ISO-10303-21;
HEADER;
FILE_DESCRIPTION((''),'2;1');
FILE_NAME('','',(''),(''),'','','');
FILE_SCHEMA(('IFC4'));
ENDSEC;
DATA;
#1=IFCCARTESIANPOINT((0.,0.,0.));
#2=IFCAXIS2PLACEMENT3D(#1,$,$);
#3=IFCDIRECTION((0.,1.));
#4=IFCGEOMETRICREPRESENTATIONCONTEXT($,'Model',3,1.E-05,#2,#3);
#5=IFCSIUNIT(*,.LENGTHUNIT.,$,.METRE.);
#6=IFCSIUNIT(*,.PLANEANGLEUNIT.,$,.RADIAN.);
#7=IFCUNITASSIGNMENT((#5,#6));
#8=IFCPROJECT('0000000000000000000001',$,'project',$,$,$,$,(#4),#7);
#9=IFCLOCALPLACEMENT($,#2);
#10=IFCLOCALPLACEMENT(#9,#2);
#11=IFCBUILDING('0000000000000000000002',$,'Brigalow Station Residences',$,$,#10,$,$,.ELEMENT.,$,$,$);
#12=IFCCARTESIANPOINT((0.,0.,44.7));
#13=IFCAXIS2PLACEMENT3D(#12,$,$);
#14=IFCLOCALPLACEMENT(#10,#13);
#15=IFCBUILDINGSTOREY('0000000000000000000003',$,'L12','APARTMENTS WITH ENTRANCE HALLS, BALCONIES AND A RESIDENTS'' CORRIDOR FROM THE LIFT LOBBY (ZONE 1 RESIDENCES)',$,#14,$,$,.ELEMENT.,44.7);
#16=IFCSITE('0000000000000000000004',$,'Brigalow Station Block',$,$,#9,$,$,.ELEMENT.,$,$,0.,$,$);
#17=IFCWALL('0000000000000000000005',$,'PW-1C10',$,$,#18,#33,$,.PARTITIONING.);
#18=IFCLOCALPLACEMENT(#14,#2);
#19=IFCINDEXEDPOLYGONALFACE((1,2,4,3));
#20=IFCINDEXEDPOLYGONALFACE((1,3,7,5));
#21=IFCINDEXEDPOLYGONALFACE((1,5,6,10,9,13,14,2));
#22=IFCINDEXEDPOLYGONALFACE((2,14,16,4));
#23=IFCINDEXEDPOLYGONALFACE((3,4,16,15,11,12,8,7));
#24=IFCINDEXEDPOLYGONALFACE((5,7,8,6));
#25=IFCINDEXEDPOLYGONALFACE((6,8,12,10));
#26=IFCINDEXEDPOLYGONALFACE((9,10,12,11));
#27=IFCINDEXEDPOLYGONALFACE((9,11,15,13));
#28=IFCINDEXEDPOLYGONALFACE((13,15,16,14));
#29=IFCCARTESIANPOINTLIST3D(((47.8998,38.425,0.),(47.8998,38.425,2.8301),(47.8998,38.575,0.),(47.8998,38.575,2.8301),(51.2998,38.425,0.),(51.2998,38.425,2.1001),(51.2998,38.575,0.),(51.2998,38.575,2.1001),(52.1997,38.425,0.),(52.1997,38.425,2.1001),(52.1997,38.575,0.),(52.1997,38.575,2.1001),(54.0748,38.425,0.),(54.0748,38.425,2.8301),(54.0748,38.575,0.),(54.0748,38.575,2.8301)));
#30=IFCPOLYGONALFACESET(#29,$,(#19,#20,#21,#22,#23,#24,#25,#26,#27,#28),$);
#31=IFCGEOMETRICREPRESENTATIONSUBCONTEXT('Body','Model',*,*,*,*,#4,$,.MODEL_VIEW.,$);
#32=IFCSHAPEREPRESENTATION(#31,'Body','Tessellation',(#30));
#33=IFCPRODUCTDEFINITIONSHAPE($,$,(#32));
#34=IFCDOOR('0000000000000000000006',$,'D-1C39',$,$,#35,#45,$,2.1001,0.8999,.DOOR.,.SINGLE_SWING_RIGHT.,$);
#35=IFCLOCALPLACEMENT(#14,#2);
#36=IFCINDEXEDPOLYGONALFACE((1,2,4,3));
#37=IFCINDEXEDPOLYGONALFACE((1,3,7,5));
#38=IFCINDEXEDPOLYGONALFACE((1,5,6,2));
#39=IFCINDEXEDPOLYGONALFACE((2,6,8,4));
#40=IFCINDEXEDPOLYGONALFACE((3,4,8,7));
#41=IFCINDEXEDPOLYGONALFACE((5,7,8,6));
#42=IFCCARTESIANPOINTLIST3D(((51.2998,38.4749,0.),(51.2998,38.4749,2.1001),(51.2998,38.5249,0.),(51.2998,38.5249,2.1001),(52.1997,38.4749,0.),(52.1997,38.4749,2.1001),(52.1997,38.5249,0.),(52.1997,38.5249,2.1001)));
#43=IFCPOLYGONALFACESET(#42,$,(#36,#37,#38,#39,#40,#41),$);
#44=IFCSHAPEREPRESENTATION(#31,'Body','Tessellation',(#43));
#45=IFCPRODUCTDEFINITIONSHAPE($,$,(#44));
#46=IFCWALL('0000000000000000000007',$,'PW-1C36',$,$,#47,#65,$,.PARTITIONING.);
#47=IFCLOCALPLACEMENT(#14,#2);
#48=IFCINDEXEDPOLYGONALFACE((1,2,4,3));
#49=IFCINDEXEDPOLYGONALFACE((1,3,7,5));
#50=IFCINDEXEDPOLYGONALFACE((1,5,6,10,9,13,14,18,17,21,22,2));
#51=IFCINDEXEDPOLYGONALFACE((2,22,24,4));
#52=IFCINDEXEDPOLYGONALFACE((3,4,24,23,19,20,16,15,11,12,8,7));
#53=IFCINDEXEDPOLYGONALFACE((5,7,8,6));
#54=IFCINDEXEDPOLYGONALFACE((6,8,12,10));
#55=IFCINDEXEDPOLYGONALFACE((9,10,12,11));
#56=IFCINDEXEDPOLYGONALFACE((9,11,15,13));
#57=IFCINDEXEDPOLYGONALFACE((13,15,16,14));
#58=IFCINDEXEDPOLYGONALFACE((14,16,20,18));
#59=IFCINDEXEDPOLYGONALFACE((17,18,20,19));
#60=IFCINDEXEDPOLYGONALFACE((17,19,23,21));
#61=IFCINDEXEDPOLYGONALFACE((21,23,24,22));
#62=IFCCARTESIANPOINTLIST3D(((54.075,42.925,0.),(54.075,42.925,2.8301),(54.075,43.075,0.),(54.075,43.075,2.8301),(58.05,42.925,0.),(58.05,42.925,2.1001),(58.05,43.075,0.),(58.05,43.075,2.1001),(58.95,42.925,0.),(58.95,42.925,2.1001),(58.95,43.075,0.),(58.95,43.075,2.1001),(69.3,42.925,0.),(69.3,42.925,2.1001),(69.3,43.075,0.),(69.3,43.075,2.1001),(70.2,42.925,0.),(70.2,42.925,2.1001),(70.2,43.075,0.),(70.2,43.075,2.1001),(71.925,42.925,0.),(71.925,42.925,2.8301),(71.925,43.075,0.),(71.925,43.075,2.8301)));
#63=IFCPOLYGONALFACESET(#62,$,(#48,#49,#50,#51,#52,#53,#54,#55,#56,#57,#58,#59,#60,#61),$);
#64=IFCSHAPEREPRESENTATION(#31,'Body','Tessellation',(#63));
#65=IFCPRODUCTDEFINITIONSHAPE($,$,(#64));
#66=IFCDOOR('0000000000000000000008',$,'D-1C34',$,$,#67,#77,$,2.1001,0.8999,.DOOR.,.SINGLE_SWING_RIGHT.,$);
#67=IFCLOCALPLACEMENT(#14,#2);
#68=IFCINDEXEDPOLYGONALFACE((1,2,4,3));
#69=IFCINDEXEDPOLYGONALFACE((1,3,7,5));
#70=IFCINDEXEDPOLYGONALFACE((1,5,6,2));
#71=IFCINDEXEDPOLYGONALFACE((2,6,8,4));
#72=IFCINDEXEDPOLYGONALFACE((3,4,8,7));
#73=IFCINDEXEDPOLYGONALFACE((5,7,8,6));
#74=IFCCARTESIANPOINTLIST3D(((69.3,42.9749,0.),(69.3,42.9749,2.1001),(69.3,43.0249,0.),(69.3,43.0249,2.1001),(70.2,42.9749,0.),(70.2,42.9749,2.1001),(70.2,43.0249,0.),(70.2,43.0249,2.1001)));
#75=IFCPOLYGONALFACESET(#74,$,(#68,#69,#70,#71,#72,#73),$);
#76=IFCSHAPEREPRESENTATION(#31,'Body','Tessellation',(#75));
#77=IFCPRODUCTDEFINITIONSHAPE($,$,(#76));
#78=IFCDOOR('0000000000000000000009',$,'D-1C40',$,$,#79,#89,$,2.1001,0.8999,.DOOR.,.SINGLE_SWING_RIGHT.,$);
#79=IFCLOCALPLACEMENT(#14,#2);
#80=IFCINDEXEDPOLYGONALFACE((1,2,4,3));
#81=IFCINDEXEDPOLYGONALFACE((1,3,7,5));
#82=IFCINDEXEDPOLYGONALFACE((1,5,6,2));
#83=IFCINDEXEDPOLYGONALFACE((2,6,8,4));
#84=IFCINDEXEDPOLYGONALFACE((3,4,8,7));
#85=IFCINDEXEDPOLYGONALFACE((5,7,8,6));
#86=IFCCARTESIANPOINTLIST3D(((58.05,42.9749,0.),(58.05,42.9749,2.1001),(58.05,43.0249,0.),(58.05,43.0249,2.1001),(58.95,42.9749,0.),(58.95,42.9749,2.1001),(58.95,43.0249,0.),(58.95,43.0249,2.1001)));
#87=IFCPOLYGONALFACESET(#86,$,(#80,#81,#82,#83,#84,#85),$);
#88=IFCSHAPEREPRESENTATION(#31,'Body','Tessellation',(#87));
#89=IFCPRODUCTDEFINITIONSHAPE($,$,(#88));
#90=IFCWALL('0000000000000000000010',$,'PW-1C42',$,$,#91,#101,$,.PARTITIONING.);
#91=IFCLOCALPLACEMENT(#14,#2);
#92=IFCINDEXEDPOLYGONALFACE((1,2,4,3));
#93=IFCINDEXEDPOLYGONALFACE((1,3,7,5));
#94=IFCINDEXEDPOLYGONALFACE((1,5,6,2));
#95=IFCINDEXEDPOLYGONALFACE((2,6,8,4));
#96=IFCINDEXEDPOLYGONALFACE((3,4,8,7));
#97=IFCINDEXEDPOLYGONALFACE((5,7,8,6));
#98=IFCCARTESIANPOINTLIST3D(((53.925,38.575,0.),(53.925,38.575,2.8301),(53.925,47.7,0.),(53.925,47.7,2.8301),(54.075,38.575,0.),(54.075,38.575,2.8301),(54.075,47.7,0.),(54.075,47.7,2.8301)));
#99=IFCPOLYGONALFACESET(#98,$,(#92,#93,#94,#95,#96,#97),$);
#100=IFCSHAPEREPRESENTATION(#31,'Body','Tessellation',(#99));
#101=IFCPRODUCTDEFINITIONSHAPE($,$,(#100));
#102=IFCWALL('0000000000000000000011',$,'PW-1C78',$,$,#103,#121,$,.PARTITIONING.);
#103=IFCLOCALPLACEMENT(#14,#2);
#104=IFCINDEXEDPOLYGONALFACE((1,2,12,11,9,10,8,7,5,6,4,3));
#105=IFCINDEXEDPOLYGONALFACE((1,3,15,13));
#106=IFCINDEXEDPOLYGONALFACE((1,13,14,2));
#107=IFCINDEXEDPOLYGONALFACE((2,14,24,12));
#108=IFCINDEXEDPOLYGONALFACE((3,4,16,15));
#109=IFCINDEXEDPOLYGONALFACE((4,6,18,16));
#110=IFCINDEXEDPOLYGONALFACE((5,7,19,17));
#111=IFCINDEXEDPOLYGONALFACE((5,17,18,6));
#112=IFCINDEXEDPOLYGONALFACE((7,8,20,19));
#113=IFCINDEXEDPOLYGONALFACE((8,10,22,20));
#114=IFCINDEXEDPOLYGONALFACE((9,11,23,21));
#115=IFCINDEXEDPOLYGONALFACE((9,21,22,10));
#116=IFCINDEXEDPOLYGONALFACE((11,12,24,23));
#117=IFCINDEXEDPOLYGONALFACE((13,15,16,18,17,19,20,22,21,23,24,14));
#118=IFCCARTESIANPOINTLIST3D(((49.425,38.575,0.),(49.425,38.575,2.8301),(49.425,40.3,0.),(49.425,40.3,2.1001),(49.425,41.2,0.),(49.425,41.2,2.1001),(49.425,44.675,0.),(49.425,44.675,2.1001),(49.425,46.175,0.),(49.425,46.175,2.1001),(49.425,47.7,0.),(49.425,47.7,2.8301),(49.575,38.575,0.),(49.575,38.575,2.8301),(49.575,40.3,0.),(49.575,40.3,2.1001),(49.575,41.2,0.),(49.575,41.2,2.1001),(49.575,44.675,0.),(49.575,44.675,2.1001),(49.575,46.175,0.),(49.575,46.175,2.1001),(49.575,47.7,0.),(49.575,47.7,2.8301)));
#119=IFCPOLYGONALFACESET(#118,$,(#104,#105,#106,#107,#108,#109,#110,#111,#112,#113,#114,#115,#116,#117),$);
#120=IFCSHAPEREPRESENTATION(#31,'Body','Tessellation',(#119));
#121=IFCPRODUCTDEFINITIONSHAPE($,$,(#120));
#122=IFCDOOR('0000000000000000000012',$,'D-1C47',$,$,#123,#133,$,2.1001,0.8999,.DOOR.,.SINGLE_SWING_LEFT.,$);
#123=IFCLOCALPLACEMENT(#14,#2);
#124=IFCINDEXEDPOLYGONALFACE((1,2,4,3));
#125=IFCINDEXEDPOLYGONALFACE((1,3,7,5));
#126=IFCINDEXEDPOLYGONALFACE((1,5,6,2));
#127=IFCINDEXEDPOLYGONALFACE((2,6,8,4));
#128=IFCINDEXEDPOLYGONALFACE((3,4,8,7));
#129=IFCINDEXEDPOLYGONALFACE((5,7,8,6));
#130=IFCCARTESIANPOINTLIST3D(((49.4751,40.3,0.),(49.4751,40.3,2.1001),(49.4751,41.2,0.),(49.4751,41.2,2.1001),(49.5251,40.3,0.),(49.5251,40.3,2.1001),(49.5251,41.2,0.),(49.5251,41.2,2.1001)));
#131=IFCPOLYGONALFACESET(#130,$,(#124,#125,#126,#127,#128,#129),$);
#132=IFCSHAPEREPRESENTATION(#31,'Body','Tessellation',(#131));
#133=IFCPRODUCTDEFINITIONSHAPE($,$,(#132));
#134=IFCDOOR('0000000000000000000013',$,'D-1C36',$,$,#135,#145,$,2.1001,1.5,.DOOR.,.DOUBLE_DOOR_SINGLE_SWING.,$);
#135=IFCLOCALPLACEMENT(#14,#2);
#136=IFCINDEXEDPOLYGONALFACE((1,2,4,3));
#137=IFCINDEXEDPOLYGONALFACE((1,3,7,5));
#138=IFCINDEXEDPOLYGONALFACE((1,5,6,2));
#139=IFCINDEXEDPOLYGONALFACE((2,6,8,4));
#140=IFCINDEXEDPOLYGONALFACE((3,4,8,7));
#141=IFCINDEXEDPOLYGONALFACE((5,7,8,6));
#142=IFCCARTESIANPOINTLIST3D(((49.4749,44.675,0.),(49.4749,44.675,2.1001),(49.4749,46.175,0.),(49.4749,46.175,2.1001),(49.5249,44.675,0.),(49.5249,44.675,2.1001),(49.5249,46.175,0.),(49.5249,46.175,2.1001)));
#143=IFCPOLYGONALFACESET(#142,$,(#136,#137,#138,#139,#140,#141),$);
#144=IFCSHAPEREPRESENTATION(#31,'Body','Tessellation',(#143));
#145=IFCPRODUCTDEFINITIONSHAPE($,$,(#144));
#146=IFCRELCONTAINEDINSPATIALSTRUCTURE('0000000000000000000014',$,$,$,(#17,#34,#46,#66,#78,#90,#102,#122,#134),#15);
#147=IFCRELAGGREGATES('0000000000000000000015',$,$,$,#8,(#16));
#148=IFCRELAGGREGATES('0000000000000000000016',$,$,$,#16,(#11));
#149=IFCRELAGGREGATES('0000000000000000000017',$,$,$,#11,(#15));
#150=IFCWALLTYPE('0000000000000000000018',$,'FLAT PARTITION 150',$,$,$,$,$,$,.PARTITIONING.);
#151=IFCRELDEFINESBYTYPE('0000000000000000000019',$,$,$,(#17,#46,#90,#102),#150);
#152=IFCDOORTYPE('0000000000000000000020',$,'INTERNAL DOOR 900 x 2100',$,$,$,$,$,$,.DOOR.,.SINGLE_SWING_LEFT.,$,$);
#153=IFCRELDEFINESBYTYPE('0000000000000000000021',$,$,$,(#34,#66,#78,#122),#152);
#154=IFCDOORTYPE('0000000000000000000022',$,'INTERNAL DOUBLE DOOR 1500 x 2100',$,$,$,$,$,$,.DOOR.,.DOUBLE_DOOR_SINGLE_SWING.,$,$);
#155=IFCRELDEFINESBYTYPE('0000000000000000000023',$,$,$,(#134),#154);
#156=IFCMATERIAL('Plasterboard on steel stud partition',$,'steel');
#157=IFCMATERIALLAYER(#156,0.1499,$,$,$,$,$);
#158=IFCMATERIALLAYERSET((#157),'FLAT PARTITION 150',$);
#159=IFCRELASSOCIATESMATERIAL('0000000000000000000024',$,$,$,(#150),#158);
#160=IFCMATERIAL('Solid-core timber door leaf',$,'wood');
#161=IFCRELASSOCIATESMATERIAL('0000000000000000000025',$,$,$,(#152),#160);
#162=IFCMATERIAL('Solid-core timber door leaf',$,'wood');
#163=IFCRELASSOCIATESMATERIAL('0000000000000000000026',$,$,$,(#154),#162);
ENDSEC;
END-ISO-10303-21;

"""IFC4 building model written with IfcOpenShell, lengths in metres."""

from ifc_helpers import new_model, si_unit, direction, frame, frame_2d, origin, place, context, subcontext, project, spatial, rectangle, extrude, material, layer, layer_set, type_object, element, fill, save


model = new_model("IFC4")

# Units and contexts
model_context = context("Model", 3, precision=1e-05, world=origin(), true_north=direction((0.0, 1.0)))
body_context = subcontext(model_context, "Body", "Model", "MODEL_VIEW")
ifc_project = project(units=[si_unit("LENGTHUNIT", "METRE"), si_unit("PLANEANGLEUNIT", "RADIAN")], contexts=[model_context])

# Site, building, storey
site_placement = place(None, origin())
site = spatial("IfcSite", under=ifc_project, at=site_placement, Name="Brigalow Station Block", CompositionType="ELEMENT", RefElevation=0.0)
building_placement = place(site_placement, origin())
building = spatial("IfcBuilding", under=site, at=building_placement, Name="Brigalow Station Residences", CompositionType="ELEMENT")
storey_placement = place(building_placement, frame((0.0, 0.0, 44.7)))
storey = spatial("IfcBuildingStorey", under=building, at=storey_placement, Name="L12", Description="APARTMENTS WITH ENTRANCE HALLS, BALCONIES AND A RESIDENTS' CORRIDOR FROM THE LIFT LOBBY (ZONE 1 RESIDENCES)", CompositionType="ELEMENT", Elevation=44.7)

# Wall, opening, door
ifc_material_1 = material(Name="Plasterboard on steel stud partition", Category="steel")
ifc_layer_1 = layer(ifc_material_1, 0.1499)
ifc_layer_set_1 = layer_set([ifc_layer_1], Name="FLAT PARTITION 150")
wall_type_1 = type_object("IfcWallType", Name="FLAT PARTITION 150", PredefinedType="PARTITIONING", material=ifc_layer_set_1)
wall_1_placement = place(storey_placement, frame((47.8999, 38.5, 0.0), z_axis=(0.0, 0.0, 1.0), x_axis=(1.0, 0.0, 0.0)))
wall_1 = element("IfcWall", 1, at=wall_1_placement, inside=storey, type_object=wall_type_1, Name="PW-1C10", PredefinedType="PARTITIONING", context=body_context, shape_type="SweptSolid", body=[
    extrude(rectangle(XDim=6.175, YDim=0.1499, at=frame_2d((3.0874, 0.0))), origin(), (0.0, 0.0, 1.0), 2.8301),
])
opening_1_placement = place(wall_1_placement, frame((3.3999, 0.0, 0.0)))
opening_1 = element("IfcOpeningElement", 2, at=opening_1_placement, cuts=wall_1, PredefinedType="OPENING", context=body_context, shape_type="SweptSolid", body=[
    extrude(rectangle(XDim=0.8999, YDim=2.1001, at=frame_2d((0.45, 1.05))), frame((0.0, 0.085, 0.0), z_axis=(0.0, -1.0, 0.0), x_axis=(1.0, 0.0, 0.0)), (0.0, 0.0, 1.0), 0.1699),
])
ifc_material_2 = material(Name="Solid-core timber door leaf", Category="wood")
door_type_1 = type_object("IfcDoorType", Name="INTERNAL DOOR 900 x 2100", OperationType="SINGLE_SWING_LEFT", PredefinedType="DOOR", material=ifc_material_2)
door_1_placement = place(opening_1_placement, origin())
door_1 = element("IfcDoor", 3, at=door_1_placement, inside=storey, type_object=door_type_1, Name="D-1C39", OperationType="SINGLE_SWING_RIGHT", OverallHeight=2.1001, OverallWidth=0.8999, PredefinedType="DOOR", context=body_context, shape_type="SweptSolid", body=[
    extrude(rectangle(XDim=0.8999, YDim=2.1001, at=frame_2d((0.45, 1.05))), frame((0.0, 0.0249, 0.0), z_axis=(0.0, -1.0, 0.0), x_axis=(1.0, 0.0, 0.0)), (0.0, 0.0, 1.0), 0.05),
])
fill(opening_1, door_1)

# Wall, openings, doors
wall_2_placement = place(storey_placement, frame((54.075, 43.0, 0.0), z_axis=(0.0, 0.0, 1.0), x_axis=(1.0, 0.0, 0.0)))
wall_2 = element("IfcWall", 4, at=wall_2_placement, inside=storey, type_object=wall_type_1, Name="PW-1C36", PredefinedType="PARTITIONING", context=body_context, shape_type="SweptSolid", body=[
    extrude(rectangle(XDim=17.8501, YDim=0.1499, at=frame_2d((8.925, 0.0))), origin(), (0.0, 0.0, 1.0), 2.8301),
])
opening_2_placement = place(wall_2_placement, frame((15.2251, 0.0, 0.0)))
opening_2 = element("IfcOpeningElement", 5, at=opening_2_placement, cuts=wall_2, PredefinedType="OPENING", context=body_context, shape_type="SweptSolid", body=[
    extrude(rectangle(XDim=0.8999, YDim=2.1001, at=frame_2d((0.45, 1.05))), frame((0.0, 0.085, 0.0), z_axis=(0.0, -1.0, 0.0), x_axis=(1.0, 0.0, 0.0)), (0.0, 0.0, 1.0), 0.1699),
])
opening_3_placement = place(wall_2_placement, frame((3.9751, 0.0, 0.0)))
opening_3 = element("IfcOpeningElement", 6, at=opening_3_placement, cuts=wall_2, PredefinedType="OPENING", context=body_context, shape_type="SweptSolid", body=[
    extrude(rectangle(XDim=0.8999, YDim=2.1001, at=frame_2d((0.45, 1.05))), frame((0.0, 0.085, 0.0), z_axis=(0.0, -1.0, 0.0), x_axis=(1.0, 0.0, 0.0)), (0.0, 0.0, 1.0), 0.1699),
])
door_2_placement = place(opening_2_placement, origin())
door_2 = element("IfcDoor", 7, at=door_2_placement, inside=storey, type_object=door_type_1, Name="D-1C34", OperationType="SINGLE_SWING_RIGHT", OverallHeight=2.1001, OverallWidth=0.8999, PredefinedType="DOOR", context=body_context, shape_type="SweptSolid", body=[
    extrude(rectangle(XDim=0.8999, YDim=2.1001, at=frame_2d((0.45, 1.05))), frame((0.0, 0.0249, 0.0), z_axis=(0.0, -1.0, 0.0), x_axis=(1.0, 0.0, 0.0)), (0.0, 0.0, 1.0), 0.05),
])
fill(opening_2, door_2)
door_3_placement = place(opening_3_placement, origin())
door_3 = element("IfcDoor", 8, at=door_3_placement, inside=storey, type_object=door_type_1, Name="D-1C40", OperationType="SINGLE_SWING_RIGHT", OverallHeight=2.1001, OverallWidth=0.8999, PredefinedType="DOOR", context=body_context, shape_type="SweptSolid", body=[
    extrude(rectangle(XDim=0.8999, YDim=2.1001, at=frame_2d((0.45, 1.05))), frame((0.0, 0.0249, 0.0), z_axis=(0.0, -1.0, 0.0), x_axis=(1.0, 0.0, 0.0)), (0.0, 0.0, 1.0), 0.05),
])
fill(opening_3, door_3)

# Wall
wall_3_placement = place(storey_placement, frame((54.0, 38.575, 0.0), z_axis=(0.0, 0.0, 1.0), x_axis=(0.0, 1.0, 0.0)))
element("IfcWall", 9, at=wall_3_placement, inside=storey, type_object=wall_type_1, Name="PW-1C42", PredefinedType="PARTITIONING", context=body_context, shape_type="SweptSolid", body=[
    extrude(rectangle(XDim=9.125, YDim=0.1499, at=frame_2d((4.5625, 0.0))), origin(), (0.0, 0.0, 1.0), 2.8301),
])

# Wall, openings, doors
wall_4_placement = place(storey_placement, frame((49.5, 38.575, 0.0), z_axis=(0.0, 0.0, 1.0), x_axis=(0.0, 1.0, 0.0)))
wall_4 = element("IfcWall", 10, at=wall_4_placement, inside=storey, type_object=wall_type_1, Name="PW-1C78", PredefinedType="PARTITIONING", context=body_context, shape_type="SweptSolid", body=[
    extrude(rectangle(XDim=9.125, YDim=0.1499, at=frame_2d((4.5625, 0.0))), origin(), (0.0, 0.0, 1.0), 2.8301),
])
opening_4_placement = place(wall_4_placement, frame((6.1001, 0.0, 0.0)))
opening_4 = element("IfcOpeningElement", 11, at=opening_4_placement, cuts=wall_4, PredefinedType="OPENING", context=body_context, shape_type="SweptSolid", body=[
    extrude(rectangle(XDim=1.5, YDim=2.1001, at=frame_2d((0.75, 1.05))), frame((0.0, 0.085, 0.0), z_axis=(0.0, -1.0, 0.0), x_axis=(1.0, 0.0, 0.0)), (0.0, 0.0, 1.0), 0.1699),
])
opening_5_placement = place(wall_4_placement, frame((1.7251, 0.0, 0.0)))
opening_5 = element("IfcOpeningElement", 12, at=opening_5_placement, cuts=wall_4, PredefinedType="OPENING", context=body_context, shape_type="SweptSolid", body=[
    extrude(rectangle(XDim=0.8999, YDim=2.1001, at=frame_2d((0.45, 1.05))), frame((0.0, 0.085, 0.0), z_axis=(0.0, -1.0, 0.0), x_axis=(1.0, 0.0, 0.0)), (0.0, 0.0, 1.0), 0.1699),
])
door_4_placement = place(opening_5_placement, origin())
door_4 = element("IfcDoor", 13, at=door_4_placement, inside=storey, type_object=door_type_1, Name="D-1C47", OperationType="SINGLE_SWING_LEFT", OverallHeight=2.1001, OverallWidth=0.8999, PredefinedType="DOOR", context=body_context, shape_type="SweptSolid", body=[
    extrude(rectangle(XDim=0.8999, YDim=2.1001, at=frame_2d((0.45, 1.05))), frame((0.0, 0.0249, 0.0), z_axis=(0.0, -1.0, 0.0), x_axis=(1.0, 0.0, 0.0)), (0.0, 0.0, 1.0), 0.05),
])
fill(opening_5, door_4)
ifc_material_3 = material(Name="Solid-core timber door leaf", Category="wood")
door_type_2 = type_object("IfcDoorType", Name="INTERNAL DOUBLE DOOR 1500 x 2100", OperationType="DOUBLE_DOOR_SINGLE_SWING", PredefinedType="DOOR", material=ifc_material_3)
door_5_placement = place(opening_4_placement, frame((1.5, 0.0, 0.0), z_axis=(0.0, 0.0, 1.0), x_axis=(-1.0, 0.0, 0.0)))
door_5 = element("IfcDoor", 14, at=door_5_placement, inside=storey, type_object=door_type_2, Name="D-1C36", OperationType="DOUBLE_DOOR_SINGLE_SWING", OverallHeight=2.1001, OverallWidth=1.5, PredefinedType="DOOR", context=body_context, shape_type="SweptSolid", body=[
    extrude(rectangle(XDim=1.5, YDim=2.1001, at=frame_2d((0.75, 1.05))), frame((0.0, 0.0249, 0.0), z_axis=(0.0, -1.0, 0.0), x_axis=(1.0, 0.0, 0.0)), (0.0, 0.0, 1.0), 0.05),
])
fill(opening_4, door_5)

save(model, "model.ifc")
